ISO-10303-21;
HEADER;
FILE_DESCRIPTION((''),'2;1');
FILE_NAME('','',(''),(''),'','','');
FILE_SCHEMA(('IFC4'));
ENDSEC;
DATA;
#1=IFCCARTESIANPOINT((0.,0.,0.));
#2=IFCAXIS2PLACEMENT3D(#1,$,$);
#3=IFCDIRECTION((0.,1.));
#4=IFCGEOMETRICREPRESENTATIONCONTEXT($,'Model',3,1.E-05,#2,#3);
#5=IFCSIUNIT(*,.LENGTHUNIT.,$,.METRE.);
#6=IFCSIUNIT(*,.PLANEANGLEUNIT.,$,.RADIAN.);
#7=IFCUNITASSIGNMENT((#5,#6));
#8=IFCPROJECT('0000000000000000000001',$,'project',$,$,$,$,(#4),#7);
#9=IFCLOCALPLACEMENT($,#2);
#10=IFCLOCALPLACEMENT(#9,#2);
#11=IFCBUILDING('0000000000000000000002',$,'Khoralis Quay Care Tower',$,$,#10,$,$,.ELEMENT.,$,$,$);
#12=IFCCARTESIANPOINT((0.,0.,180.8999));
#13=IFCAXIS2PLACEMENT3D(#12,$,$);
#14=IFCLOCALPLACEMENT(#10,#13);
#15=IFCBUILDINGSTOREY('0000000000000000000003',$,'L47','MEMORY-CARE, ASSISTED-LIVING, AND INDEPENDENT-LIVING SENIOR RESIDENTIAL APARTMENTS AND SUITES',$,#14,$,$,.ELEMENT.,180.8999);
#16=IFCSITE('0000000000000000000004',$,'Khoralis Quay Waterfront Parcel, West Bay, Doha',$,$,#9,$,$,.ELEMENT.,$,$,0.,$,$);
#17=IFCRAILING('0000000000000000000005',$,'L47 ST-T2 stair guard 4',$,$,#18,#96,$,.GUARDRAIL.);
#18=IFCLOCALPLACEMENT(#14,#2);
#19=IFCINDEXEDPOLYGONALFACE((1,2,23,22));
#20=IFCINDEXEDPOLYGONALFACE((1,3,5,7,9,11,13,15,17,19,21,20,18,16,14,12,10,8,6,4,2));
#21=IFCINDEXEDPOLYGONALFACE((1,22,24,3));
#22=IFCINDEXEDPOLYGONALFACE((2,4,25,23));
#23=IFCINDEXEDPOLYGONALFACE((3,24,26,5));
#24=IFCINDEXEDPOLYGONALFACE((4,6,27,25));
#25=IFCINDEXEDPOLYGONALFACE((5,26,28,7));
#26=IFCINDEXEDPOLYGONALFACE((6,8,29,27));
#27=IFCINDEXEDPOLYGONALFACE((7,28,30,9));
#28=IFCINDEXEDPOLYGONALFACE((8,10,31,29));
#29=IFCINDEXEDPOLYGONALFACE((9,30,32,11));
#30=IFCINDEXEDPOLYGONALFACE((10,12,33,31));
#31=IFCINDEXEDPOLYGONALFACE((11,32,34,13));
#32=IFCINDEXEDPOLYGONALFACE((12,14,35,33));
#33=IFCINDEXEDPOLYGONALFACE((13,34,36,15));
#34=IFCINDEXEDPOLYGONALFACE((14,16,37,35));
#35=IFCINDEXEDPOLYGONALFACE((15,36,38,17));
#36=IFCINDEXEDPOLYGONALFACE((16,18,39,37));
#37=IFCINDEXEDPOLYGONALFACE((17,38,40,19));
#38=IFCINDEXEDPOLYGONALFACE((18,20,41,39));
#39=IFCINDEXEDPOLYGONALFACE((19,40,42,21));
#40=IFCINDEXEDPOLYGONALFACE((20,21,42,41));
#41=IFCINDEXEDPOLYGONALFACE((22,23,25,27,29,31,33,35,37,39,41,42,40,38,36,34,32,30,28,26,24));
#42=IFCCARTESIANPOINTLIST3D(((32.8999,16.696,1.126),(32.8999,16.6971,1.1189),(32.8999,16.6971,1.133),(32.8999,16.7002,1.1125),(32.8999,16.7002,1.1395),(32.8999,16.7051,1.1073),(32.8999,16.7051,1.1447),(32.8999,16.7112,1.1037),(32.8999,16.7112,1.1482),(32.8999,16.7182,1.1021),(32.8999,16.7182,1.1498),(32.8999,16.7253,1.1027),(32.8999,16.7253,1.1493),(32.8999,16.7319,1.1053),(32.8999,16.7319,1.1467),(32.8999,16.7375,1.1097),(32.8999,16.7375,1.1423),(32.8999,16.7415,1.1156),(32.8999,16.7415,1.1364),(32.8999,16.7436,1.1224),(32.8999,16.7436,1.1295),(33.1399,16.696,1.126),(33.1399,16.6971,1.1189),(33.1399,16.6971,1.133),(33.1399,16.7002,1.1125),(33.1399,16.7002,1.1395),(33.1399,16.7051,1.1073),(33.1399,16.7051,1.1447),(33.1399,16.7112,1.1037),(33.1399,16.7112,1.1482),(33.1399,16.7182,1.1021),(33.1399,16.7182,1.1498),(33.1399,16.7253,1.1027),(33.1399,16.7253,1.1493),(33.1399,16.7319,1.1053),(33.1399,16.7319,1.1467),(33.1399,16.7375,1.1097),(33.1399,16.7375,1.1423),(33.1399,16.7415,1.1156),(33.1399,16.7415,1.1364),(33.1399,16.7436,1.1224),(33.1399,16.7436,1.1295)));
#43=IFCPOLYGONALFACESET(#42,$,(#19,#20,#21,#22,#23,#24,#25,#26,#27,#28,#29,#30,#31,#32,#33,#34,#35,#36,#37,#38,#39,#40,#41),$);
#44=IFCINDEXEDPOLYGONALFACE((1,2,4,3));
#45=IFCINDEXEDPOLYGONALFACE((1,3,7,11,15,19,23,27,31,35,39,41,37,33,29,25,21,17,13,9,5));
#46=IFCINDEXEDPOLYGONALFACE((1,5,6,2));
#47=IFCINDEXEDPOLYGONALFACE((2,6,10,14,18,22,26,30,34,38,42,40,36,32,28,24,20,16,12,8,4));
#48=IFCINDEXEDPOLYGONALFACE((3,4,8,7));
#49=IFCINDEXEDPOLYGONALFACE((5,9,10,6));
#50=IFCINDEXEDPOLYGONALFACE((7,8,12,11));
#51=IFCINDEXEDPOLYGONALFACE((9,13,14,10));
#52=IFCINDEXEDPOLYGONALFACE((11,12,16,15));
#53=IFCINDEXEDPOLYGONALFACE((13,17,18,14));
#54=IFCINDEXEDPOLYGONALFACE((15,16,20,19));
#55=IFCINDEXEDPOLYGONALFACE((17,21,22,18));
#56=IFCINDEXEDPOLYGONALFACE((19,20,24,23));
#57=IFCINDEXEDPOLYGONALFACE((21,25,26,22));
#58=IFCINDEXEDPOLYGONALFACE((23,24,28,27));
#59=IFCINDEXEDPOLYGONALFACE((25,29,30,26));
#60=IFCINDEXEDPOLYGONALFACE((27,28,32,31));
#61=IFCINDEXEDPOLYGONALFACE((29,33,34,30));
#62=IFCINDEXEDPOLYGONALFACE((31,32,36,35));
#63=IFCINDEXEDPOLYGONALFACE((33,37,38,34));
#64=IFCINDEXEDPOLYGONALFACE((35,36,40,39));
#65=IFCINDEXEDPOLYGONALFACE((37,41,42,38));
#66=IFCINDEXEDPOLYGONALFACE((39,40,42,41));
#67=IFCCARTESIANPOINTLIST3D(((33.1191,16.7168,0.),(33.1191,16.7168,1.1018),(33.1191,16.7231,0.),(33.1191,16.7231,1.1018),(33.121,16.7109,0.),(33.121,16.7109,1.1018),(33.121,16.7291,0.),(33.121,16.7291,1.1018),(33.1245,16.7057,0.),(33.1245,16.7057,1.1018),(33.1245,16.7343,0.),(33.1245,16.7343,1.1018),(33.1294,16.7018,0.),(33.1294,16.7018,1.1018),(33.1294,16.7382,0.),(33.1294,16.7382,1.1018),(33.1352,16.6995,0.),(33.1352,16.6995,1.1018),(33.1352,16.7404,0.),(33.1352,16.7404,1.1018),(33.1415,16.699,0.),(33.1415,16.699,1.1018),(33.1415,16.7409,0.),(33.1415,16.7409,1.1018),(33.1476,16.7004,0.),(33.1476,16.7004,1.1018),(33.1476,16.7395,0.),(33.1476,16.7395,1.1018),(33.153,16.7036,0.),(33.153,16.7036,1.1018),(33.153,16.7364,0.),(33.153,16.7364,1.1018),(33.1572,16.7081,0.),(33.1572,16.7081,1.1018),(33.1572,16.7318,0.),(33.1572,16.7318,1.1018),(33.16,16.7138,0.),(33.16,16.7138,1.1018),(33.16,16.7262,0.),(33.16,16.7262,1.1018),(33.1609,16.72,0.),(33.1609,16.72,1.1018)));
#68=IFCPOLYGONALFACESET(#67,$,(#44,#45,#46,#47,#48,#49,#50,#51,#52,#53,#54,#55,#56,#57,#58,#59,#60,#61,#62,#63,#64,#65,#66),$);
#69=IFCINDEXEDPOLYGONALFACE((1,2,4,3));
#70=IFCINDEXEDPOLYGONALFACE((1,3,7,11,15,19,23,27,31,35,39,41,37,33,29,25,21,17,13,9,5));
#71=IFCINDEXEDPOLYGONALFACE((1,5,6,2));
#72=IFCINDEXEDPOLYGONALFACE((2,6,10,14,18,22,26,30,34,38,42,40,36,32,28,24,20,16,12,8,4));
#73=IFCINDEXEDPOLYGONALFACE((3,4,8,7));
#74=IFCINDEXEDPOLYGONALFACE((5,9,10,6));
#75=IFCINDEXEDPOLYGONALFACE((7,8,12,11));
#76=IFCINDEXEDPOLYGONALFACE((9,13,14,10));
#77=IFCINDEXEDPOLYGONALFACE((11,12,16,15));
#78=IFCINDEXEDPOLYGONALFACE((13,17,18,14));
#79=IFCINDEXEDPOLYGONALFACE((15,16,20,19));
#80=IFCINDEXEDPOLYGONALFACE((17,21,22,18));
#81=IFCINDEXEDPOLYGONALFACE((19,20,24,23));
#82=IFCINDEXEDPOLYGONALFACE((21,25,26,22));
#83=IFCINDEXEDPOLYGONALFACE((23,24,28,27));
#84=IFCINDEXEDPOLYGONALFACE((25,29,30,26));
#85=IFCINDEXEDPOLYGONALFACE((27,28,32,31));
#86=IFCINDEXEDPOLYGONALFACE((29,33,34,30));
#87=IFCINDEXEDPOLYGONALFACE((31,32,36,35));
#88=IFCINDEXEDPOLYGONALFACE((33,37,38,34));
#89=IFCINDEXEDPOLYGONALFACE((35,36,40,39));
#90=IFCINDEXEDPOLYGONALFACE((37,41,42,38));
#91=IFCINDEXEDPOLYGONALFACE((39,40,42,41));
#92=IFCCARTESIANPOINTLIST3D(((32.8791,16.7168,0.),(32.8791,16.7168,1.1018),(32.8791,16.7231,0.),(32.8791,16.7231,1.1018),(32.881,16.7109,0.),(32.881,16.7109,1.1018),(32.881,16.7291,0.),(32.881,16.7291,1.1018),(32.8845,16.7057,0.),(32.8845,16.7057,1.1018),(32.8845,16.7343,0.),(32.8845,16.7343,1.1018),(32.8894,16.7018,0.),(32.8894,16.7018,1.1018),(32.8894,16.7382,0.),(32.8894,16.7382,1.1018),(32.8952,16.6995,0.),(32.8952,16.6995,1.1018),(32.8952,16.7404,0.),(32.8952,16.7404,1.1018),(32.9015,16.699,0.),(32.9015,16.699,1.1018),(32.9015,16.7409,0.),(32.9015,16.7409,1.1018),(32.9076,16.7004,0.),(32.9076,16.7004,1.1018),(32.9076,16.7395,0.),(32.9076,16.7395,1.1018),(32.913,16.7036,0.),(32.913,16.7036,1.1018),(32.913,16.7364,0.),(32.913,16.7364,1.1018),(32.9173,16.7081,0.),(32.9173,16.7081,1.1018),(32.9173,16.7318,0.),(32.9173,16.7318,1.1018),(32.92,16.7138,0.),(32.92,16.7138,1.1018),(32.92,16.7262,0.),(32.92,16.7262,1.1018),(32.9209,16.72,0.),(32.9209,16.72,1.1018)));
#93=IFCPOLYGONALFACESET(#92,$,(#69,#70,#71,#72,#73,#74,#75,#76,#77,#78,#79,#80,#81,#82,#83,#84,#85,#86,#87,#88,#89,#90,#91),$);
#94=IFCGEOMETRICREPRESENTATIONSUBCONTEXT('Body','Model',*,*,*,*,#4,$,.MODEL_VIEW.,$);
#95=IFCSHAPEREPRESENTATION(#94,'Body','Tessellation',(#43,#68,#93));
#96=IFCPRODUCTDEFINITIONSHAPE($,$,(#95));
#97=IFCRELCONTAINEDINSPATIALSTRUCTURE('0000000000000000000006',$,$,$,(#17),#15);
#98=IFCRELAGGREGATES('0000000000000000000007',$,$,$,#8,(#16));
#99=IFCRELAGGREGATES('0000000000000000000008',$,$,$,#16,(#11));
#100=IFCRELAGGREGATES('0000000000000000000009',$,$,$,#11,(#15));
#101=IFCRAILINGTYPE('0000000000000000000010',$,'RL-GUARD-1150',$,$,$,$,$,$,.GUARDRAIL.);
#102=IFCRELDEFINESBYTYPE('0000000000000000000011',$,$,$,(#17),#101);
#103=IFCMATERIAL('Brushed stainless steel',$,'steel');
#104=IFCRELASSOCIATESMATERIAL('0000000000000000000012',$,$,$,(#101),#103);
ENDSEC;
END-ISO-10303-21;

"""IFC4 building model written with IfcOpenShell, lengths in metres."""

from ifc_helpers import new_model, si_unit, direction, frame, origin, origin_2d, place, context, subcontext, project, spatial, circle, extrude, material, type_object, element, save


model = new_model("IFC4")

# Units and contexts
model_context = context("Model", 3, precision=1e-05, world=origin(), true_north=direction((0.0, 1.0)))
body_context = subcontext(model_context, "Body", "Model", "MODEL_VIEW")
ifc_project = project(units=[si_unit("LENGTHUNIT", "METRE"), si_unit("PLANEANGLEUNIT", "RADIAN")], contexts=[model_context])

# Site, building, storey
site_placement = place(None, origin())
site = spatial("IfcSite", under=ifc_project, at=site_placement, Name="Khoralis Quay Waterfront Parcel, West Bay, Doha", CompositionType="ELEMENT", RefElevation=0.0)
building_placement = place(site_placement, origin())
building = spatial("IfcBuilding", under=site, at=building_placement, Name="Khoralis Quay Care Tower", CompositionType="ELEMENT")
storey_placement = place(building_placement, frame((0.0, 0.0, 180.8999)))
storey = spatial("IfcBuildingStorey", under=building, at=storey_placement, Name="L47", Description="MEMORY-CARE, ASSISTED-LIVING, AND INDEPENDENT-LIVING SENIOR RESIDENTIAL APARTMENTS AND SUITES", CompositionType="ELEMENT", Elevation=180.8999)

# Shared definitions
ifc_material_1 = material(Name="Brushed stainless steel", Category="steel")

# Railing
railing_type_1 = type_object("IfcRailingType", Name="RL-GUARD-1150", PredefinedType="GUARDRAIL", material=ifc_material_1)
railing_1_placement = place(storey_placement, frame((33.1399, 16.72, 0.0)))
element("IfcRailing", 1, at=railing_1_placement, inside=storey, type_object=railing_type_1, Name="L47 ST-T2 stair guard 4", PredefinedType="GUARDRAIL", context=body_context, shape_type="SweptSolid", body=[
    extrude(circle(Radius=0.0239, at=origin_2d()), frame((0.0, 0.0, 1.126), z_axis=(-1.0, 0.0, 0.0), x_axis=(0.0, -1.0, 0.0)), (0.0, 0.0, 1.0), 0.24),
    extrude(circle(Radius=0.021, at=origin_2d()), origin(), (0.0, 0.0, 1.0), 1.1018),
    extrude(circle(Radius=0.021, at=origin_2d()), frame((-0.24, 0.0, 0.0)), (0.0, 0.0, 1.0), 1.1018),
])

save(model, "model.ifc")
